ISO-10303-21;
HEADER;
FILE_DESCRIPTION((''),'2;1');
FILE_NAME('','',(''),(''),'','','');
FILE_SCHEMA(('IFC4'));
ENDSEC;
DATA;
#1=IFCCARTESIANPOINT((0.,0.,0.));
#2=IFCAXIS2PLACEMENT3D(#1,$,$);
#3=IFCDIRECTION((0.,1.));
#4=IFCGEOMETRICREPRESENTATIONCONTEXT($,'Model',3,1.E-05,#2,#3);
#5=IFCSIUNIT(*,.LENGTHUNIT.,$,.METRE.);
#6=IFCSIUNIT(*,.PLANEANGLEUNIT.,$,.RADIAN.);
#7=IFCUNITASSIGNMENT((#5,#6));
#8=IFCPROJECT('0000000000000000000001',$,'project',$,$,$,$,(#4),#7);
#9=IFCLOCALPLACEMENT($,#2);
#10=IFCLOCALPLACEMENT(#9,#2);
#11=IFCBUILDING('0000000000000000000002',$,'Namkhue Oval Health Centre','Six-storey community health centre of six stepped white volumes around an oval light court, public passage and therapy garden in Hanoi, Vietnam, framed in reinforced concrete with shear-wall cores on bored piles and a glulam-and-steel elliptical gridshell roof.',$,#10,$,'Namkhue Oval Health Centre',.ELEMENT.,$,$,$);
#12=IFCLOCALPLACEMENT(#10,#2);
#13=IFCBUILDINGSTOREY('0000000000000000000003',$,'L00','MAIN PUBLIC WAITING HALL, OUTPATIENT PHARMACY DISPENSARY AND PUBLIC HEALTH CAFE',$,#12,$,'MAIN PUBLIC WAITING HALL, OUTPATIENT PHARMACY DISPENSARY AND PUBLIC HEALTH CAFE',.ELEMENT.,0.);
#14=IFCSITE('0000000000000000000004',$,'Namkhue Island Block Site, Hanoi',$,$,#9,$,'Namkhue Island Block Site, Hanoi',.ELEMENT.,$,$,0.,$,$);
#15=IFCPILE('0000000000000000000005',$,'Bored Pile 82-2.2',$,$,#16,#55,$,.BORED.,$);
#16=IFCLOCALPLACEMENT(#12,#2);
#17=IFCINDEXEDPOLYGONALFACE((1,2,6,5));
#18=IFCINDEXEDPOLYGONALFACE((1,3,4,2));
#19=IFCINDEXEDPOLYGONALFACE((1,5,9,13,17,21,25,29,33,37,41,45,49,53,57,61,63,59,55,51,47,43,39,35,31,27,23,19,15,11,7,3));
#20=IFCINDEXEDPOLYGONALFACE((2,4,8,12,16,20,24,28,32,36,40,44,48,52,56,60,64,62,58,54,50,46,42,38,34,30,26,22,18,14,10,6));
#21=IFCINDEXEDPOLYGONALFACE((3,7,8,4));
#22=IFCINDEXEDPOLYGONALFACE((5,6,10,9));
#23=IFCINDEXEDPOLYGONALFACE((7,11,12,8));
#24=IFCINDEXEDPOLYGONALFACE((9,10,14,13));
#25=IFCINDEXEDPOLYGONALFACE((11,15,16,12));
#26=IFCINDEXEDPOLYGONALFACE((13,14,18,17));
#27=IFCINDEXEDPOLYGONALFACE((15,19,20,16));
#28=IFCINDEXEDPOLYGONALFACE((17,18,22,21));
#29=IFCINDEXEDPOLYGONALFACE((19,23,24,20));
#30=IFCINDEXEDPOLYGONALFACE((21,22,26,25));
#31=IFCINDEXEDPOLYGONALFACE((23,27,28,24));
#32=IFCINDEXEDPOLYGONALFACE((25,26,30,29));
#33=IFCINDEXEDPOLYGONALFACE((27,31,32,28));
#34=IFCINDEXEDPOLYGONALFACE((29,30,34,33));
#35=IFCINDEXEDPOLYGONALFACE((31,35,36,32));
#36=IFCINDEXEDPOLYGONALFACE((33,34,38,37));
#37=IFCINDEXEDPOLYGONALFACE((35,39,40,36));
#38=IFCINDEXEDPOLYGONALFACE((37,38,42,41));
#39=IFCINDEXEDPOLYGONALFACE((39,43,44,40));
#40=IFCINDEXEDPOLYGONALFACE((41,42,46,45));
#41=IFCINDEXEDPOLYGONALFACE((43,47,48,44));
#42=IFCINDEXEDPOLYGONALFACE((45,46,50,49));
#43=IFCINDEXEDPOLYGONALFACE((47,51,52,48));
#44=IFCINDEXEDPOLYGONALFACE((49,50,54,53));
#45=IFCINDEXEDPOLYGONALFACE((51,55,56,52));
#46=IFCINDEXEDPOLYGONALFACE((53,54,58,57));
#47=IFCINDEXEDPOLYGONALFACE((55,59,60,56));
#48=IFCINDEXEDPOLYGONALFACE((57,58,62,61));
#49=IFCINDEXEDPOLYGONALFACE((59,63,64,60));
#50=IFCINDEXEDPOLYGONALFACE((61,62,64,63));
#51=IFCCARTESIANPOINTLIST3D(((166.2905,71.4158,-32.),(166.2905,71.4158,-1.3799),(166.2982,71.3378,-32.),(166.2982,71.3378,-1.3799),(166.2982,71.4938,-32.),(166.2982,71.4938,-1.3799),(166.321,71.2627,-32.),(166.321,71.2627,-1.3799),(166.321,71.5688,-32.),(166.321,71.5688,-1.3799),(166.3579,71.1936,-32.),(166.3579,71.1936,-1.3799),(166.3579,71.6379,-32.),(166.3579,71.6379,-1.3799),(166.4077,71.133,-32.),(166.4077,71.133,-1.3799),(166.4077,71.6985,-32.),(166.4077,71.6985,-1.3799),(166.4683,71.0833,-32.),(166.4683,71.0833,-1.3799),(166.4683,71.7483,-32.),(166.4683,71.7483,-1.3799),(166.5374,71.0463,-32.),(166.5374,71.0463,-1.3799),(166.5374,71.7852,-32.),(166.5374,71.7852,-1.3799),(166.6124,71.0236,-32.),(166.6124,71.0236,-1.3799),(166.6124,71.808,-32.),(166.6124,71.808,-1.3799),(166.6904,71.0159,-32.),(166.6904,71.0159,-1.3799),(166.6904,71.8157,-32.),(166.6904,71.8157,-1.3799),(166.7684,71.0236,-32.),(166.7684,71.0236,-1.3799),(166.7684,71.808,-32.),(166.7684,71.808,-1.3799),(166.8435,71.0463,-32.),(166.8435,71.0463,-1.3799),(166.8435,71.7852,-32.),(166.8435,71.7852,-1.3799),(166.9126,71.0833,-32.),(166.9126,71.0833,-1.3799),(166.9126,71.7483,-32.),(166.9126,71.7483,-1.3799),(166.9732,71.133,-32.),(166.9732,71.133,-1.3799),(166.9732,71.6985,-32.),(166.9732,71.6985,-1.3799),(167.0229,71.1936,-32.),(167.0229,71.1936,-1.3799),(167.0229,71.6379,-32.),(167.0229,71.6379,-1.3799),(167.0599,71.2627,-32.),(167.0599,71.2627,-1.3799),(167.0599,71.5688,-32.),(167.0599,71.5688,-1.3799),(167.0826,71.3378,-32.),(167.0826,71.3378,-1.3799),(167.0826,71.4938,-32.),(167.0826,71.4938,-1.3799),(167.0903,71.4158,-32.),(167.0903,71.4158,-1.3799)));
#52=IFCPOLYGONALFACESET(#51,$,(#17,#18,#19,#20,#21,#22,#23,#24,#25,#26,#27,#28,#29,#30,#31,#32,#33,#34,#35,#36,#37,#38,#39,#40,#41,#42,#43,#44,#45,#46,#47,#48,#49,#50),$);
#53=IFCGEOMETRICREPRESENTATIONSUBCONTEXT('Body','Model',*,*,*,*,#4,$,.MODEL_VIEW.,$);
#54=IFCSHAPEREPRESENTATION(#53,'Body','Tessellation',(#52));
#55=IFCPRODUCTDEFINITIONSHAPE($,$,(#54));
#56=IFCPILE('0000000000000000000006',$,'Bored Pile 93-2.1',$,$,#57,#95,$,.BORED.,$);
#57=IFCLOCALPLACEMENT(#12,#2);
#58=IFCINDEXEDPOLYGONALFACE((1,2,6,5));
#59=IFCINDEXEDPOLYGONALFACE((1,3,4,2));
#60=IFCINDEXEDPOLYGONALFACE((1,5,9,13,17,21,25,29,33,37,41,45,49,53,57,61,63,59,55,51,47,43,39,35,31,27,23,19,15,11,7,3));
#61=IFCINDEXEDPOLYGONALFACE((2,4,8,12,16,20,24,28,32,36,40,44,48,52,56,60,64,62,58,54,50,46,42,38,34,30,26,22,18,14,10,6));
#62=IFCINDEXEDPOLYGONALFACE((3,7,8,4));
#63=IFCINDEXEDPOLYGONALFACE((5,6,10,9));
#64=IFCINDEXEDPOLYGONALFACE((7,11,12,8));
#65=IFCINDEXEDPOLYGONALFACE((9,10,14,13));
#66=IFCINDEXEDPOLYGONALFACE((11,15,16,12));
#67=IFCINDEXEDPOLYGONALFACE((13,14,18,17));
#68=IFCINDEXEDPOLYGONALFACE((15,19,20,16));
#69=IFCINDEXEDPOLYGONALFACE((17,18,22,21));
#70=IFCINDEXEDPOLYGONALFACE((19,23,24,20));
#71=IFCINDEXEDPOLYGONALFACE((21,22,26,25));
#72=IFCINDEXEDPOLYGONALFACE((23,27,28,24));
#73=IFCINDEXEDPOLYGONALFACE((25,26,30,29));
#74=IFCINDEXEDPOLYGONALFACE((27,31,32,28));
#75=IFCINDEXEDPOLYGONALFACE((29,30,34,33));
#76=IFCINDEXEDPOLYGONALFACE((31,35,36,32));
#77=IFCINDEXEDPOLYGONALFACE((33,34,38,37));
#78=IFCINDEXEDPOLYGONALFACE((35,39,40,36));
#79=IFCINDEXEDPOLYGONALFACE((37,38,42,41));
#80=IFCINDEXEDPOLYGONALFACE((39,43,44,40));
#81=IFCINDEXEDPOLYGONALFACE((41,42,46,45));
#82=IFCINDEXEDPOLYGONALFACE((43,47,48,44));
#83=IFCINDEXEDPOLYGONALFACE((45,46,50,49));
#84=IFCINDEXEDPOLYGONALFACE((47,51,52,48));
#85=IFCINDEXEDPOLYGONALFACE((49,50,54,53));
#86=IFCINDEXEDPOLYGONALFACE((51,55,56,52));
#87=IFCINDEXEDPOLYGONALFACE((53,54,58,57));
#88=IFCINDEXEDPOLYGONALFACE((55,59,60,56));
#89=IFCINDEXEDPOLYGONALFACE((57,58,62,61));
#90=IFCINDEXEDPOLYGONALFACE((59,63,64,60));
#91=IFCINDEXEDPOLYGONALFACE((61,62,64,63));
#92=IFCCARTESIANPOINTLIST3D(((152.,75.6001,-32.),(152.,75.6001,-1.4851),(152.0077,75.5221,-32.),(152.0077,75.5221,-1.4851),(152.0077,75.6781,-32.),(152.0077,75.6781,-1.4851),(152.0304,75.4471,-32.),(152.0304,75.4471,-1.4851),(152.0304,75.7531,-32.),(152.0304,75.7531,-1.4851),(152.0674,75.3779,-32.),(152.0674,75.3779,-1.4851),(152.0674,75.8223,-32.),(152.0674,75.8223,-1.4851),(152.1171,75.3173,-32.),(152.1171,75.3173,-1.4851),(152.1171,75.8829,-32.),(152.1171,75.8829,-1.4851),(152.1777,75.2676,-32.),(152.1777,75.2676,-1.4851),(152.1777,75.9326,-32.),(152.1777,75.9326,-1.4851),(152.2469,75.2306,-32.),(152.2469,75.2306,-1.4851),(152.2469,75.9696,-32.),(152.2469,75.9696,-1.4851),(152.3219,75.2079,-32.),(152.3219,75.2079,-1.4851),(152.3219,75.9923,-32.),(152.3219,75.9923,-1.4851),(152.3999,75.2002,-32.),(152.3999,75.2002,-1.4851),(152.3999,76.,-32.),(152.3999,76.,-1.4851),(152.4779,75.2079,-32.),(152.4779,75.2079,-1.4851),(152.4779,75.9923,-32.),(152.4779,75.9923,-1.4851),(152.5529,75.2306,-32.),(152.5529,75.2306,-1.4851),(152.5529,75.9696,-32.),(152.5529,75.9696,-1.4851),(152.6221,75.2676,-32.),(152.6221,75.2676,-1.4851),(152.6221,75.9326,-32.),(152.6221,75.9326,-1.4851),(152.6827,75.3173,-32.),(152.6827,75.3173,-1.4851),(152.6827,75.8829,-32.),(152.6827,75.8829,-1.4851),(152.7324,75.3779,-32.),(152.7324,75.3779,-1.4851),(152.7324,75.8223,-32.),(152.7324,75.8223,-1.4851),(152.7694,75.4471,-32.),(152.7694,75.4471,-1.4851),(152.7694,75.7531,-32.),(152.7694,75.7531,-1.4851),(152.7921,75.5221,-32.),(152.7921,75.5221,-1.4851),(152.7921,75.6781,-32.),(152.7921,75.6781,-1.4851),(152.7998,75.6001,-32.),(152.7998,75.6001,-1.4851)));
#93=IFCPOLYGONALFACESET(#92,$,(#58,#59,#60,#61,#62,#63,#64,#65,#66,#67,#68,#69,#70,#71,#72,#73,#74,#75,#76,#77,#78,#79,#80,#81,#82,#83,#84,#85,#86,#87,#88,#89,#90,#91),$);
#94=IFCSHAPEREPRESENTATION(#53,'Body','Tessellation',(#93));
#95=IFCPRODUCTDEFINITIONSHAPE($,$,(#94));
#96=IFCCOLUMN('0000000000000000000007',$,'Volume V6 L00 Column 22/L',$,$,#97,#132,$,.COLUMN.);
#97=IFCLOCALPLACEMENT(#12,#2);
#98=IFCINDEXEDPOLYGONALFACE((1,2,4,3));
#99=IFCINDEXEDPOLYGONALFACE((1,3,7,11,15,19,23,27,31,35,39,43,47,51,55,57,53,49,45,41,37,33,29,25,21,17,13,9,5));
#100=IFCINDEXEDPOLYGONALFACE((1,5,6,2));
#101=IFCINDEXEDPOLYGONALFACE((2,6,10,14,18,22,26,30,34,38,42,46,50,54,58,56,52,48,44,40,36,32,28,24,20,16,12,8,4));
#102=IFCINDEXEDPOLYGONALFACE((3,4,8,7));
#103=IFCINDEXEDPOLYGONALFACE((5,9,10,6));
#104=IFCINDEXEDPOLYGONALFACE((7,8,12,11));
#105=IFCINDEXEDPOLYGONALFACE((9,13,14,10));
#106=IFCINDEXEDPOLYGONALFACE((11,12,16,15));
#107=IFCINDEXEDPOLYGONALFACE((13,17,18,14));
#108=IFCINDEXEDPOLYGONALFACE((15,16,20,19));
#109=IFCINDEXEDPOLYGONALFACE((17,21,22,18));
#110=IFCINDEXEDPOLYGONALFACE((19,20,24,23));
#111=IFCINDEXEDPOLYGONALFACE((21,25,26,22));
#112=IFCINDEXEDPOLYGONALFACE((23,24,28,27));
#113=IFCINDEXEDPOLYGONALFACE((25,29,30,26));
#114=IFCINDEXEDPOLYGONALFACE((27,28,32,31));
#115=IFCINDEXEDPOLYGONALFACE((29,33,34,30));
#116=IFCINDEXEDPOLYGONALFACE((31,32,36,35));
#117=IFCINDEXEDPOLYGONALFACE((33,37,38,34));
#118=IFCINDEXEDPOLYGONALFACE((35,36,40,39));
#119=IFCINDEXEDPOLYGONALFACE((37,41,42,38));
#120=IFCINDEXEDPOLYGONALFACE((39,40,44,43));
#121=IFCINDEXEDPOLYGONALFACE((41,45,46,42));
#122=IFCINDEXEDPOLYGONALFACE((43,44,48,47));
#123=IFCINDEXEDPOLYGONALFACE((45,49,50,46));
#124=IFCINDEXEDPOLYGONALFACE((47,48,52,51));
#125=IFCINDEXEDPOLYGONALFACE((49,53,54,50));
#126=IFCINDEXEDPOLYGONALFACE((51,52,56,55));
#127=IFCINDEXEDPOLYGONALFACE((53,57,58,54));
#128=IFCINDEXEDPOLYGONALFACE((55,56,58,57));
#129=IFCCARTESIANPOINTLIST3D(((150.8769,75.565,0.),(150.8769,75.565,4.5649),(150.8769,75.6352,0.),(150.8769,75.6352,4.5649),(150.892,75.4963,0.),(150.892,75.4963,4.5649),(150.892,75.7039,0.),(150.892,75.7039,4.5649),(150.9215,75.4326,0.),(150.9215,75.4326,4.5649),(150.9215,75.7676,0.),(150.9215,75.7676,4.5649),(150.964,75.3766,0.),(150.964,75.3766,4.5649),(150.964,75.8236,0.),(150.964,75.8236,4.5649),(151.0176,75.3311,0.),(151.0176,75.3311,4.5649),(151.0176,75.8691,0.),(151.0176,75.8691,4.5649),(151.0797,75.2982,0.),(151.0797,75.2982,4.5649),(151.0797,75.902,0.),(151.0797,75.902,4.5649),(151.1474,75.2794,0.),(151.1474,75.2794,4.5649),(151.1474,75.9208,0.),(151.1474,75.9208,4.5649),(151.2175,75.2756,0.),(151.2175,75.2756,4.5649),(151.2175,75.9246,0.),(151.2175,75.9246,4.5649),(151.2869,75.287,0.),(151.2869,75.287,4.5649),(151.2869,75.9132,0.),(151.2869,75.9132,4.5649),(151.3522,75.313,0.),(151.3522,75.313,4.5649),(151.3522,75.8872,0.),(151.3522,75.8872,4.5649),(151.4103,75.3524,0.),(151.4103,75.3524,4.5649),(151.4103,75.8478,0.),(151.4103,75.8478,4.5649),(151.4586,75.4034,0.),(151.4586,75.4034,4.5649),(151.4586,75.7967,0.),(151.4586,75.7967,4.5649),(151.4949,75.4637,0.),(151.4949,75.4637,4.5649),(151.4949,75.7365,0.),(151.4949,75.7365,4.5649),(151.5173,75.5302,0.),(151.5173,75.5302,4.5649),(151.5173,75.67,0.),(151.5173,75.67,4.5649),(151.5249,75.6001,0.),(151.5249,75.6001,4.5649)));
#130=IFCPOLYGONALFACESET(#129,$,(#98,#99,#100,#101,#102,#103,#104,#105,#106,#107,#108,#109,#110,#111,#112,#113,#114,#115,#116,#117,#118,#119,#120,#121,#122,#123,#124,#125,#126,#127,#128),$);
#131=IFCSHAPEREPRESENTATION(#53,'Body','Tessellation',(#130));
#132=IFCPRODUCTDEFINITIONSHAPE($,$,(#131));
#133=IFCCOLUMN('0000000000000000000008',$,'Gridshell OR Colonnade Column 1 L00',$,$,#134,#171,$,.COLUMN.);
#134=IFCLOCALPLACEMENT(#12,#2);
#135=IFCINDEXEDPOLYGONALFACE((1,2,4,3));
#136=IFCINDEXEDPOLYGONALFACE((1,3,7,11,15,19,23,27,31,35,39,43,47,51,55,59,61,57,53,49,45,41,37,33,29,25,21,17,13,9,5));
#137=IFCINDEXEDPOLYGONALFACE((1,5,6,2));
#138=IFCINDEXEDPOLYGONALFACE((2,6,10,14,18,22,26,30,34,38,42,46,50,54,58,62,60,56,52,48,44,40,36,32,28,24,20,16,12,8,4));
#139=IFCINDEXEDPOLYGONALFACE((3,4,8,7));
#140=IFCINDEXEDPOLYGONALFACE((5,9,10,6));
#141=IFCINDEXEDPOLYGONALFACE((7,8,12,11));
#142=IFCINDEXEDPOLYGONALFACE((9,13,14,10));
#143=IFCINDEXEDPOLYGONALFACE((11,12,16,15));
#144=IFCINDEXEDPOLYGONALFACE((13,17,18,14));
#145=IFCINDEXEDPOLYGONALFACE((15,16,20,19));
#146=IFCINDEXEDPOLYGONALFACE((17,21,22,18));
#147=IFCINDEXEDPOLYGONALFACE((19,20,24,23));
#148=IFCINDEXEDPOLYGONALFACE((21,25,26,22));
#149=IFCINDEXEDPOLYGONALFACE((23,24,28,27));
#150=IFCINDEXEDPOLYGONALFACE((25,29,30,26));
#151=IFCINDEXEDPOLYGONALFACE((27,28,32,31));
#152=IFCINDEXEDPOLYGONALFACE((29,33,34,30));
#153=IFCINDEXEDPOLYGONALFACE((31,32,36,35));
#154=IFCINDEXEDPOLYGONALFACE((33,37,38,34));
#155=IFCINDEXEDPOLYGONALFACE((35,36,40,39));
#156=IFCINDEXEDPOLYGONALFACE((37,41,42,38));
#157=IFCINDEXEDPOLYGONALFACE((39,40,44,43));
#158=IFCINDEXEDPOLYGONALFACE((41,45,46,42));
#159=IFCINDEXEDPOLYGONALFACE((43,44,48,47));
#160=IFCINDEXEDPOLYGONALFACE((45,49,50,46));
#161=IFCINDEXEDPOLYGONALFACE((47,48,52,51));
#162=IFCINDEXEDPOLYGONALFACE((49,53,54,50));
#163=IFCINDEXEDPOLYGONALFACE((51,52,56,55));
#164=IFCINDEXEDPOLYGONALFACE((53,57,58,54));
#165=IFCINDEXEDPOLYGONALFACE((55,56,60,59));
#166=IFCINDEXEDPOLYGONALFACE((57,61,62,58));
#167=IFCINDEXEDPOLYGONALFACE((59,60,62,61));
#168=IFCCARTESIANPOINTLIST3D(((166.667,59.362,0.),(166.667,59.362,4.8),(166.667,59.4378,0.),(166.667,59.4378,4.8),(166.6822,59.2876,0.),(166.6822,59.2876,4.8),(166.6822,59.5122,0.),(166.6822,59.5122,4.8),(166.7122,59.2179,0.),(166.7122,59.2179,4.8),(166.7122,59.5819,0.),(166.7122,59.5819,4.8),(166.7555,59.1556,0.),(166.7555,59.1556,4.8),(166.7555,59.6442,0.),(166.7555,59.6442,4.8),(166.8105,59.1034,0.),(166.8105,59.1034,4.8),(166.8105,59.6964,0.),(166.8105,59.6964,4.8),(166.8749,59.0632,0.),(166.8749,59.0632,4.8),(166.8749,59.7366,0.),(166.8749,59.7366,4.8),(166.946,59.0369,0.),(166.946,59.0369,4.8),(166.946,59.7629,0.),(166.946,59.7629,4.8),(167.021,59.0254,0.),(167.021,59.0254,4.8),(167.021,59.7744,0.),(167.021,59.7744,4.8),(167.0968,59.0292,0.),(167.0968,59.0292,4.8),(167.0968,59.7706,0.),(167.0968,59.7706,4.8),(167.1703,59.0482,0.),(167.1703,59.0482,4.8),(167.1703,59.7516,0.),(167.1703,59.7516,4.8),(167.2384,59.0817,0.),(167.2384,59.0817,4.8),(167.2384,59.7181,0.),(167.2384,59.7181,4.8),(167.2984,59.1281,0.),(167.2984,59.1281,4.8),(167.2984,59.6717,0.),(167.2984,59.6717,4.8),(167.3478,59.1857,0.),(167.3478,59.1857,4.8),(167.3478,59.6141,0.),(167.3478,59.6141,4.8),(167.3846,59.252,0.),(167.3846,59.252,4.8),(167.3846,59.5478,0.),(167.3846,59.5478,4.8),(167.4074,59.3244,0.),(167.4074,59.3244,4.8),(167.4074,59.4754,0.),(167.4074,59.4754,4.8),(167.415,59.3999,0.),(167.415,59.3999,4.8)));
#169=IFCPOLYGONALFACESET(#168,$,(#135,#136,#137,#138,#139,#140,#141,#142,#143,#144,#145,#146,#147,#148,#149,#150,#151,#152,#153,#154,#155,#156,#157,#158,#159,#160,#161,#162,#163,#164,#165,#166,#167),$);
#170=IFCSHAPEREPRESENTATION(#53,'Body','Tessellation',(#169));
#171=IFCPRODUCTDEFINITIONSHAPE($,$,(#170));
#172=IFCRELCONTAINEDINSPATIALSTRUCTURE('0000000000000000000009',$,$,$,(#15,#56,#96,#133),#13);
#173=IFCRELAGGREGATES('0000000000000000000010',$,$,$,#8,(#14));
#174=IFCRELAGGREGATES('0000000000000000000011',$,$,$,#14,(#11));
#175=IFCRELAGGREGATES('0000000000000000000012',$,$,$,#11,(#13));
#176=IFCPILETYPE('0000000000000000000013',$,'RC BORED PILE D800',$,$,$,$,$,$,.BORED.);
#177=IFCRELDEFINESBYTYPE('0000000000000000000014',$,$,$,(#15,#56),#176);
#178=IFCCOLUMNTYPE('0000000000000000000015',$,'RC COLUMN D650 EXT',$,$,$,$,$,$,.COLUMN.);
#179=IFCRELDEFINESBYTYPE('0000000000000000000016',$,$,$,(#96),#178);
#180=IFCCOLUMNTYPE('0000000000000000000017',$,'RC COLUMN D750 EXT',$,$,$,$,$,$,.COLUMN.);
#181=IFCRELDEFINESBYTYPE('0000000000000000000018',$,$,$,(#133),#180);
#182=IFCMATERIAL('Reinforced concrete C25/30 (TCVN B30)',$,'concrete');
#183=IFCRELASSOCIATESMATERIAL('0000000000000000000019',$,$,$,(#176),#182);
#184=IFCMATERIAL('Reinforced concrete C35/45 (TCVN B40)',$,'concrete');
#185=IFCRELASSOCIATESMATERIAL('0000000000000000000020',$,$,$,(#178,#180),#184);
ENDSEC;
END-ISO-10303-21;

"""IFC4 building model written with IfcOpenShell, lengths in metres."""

from ifc_helpers import new_model, si_unit, direction, frame, origin, origin_2d, place, context, subcontext, project, spatial, circle, extrude, material, material_profile, profile_set, type_object, element, save


model = new_model("IFC4")

# Units and contexts
model_context = context("Model", 3, precision=1e-05, world=origin(), true_north=direction((0.0, 1.0)))
body_context = subcontext(model_context, "Body", "Model", "MODEL_VIEW")
ifc_project = project(units=[si_unit("LENGTHUNIT", "METRE"), si_unit("PLANEANGLEUNIT", "RADIAN")], contexts=[model_context])

# Site, building, storey
site_placement = place(None, origin())
site = spatial("IfcSite", under=ifc_project, at=site_placement, Name="Namkhue Island Block Site, Hanoi", LongName="Namkhue Island Block Site, Hanoi", CompositionType="ELEMENT", RefElevation=0.0)
building_placement = place(site_placement, origin())
building = spatial("IfcBuilding", under=site, at=building_placement, Name="Namkhue Oval Health Centre", Description="Six-storey community health centre of six stepped white volumes around an oval light court, public passage and therapy garden in Hanoi, Vietnam, framed in reinforced concrete with shear-wall cores on bored piles and a glulam-and-steel elliptical gridshell roof.", LongName="Namkhue Oval Health Centre", CompositionType="ELEMENT")
storey_placement = place(building_placement, origin())
storey = spatial("IfcBuildingStorey", under=building, at=storey_placement, Name="L00", Description="MAIN PUBLIC WAITING HALL, OUTPATIENT PHARMACY DISPENSARY AND PUBLIC HEALTH CAFE", LongName="MAIN PUBLIC WAITING HALL, OUTPATIENT PHARMACY DISPENSARY AND PUBLIC HEALTH CAFE", CompositionType="ELEMENT", Elevation=0.0)

# Piles
ifc_material_1 = material(Name="Reinforced concrete C25/30 (TCVN B30)", Category="concrete")
ifc_material_profile_1 = material_profile(ifc_material_1, circle(Radius=0.3999, at=origin_2d()), Name="BORED PILE D800")
ifc_profile_set_1 = profile_set([ifc_material_profile_1], Name="Reinforced concrete C25/30 (TCVN B30)")
pile_type = type_object("IfcPileType", Name="RC BORED PILE D800", PredefinedType="BORED", material=ifc_profile_set_1)
for number, where, z_axis, x_axis, name in (
    (1, (166.6904, 71.4158, -1.3799), (0.0, 0.0, -1.0), (1.0, 0.0, 0.0), "Bored Pile 82-2.2"),
):
    element("IfcPile", number, at=place(storey_placement, frame(where, z_axis=z_axis, x_axis=x_axis)), inside=storey, type_object=pile_type, Name=name, PredefinedType="BORED", context=body_context, shape_type="SweptSolid", body=[
        extrude(circle(Radius=0.3999, at=origin_2d()), origin(), (0.0, 0.0, 1.0), 30.6201),
    ])
pile_placement = place(storey_placement, frame((152.3999, 75.6001, -1.4851), z_axis=(0.0, 0.0, -1.0), x_axis=(1.0, 0.0, 0.0)))
element("IfcPile", 2, at=pile_placement, inside=storey, type_object=pile_type, Name="Bored Pile 93-2.1", PredefinedType="BORED", context=body_context, shape_type="SweptSolid", body=[
    extrude(circle(Radius=0.3999, at=origin_2d()), origin(), (0.0, 0.0, 1.0), 30.5149),
])

# Columns
ifc_material_2 = material(Name="Reinforced concrete C35/45 (TCVN B40)", Category="concrete")
ifc_material_profile_2 = material_profile(ifc_material_2, circle(Radius=0.325, at=origin_2d()), Name="RC D650")
ifc_profile_set_2 = profile_set([ifc_material_profile_2], Name="Reinforced concrete C35/45 (TCVN B40)")
column_type_1 = type_object("IfcColumnType", Name="RC COLUMN D650 EXT", PredefinedType="COLUMN", material=ifc_profile_set_2)
column_placement = place(storey_placement, frame((151.2, 75.6001, 0.0), z_axis=(0.0, 0.0, 1.0), x_axis=(1.0, 0.0, 0.0)))
element("IfcColumn", 3, at=column_placement, inside=storey, type_object=column_type_1, Name="Volume V6 L00 Column 22/L", PredefinedType="COLUMN", context=body_context, shape_type="SweptSolid", body=[
    extrude(circle(Radius=0.325, at=origin_2d()), origin(), (0.0, 0.0, 1.0), 4.5649),
])
ifc_material_profile_3 = material_profile(ifc_material_2, circle(Radius=0.375, at=origin_2d()), Name="RC D750")
ifc_profile_set_3 = profile_set([ifc_material_profile_3], Name="Reinforced concrete C35/45 (TCVN B40)")
column_type_2 = type_object("IfcColumnType", Name="RC COLUMN D750 EXT", PredefinedType="COLUMN", material=ifc_profile_set_3)
for number, where, z_axis, x_axis, name in (
    (4, (167.04, 59.3999, 0.0), (0.0, 0.0, 1.0), (1.0, 0.0, 0.0), "Gridshell OR Colonnade Column 1 L00"),
):
    element("IfcColumn", number, at=place(storey_placement, frame(where, z_axis=z_axis, x_axis=x_axis)), inside=storey, type_object=column_type_2, Name=name, PredefinedType="COLUMN", context=body_context, shape_type="SweptSolid", body=[
        extrude(circle(Radius=0.375, at=origin_2d()), origin(), (0.0, 0.0, 1.0), 4.8),
    ])

save(model, "model.ifc")
